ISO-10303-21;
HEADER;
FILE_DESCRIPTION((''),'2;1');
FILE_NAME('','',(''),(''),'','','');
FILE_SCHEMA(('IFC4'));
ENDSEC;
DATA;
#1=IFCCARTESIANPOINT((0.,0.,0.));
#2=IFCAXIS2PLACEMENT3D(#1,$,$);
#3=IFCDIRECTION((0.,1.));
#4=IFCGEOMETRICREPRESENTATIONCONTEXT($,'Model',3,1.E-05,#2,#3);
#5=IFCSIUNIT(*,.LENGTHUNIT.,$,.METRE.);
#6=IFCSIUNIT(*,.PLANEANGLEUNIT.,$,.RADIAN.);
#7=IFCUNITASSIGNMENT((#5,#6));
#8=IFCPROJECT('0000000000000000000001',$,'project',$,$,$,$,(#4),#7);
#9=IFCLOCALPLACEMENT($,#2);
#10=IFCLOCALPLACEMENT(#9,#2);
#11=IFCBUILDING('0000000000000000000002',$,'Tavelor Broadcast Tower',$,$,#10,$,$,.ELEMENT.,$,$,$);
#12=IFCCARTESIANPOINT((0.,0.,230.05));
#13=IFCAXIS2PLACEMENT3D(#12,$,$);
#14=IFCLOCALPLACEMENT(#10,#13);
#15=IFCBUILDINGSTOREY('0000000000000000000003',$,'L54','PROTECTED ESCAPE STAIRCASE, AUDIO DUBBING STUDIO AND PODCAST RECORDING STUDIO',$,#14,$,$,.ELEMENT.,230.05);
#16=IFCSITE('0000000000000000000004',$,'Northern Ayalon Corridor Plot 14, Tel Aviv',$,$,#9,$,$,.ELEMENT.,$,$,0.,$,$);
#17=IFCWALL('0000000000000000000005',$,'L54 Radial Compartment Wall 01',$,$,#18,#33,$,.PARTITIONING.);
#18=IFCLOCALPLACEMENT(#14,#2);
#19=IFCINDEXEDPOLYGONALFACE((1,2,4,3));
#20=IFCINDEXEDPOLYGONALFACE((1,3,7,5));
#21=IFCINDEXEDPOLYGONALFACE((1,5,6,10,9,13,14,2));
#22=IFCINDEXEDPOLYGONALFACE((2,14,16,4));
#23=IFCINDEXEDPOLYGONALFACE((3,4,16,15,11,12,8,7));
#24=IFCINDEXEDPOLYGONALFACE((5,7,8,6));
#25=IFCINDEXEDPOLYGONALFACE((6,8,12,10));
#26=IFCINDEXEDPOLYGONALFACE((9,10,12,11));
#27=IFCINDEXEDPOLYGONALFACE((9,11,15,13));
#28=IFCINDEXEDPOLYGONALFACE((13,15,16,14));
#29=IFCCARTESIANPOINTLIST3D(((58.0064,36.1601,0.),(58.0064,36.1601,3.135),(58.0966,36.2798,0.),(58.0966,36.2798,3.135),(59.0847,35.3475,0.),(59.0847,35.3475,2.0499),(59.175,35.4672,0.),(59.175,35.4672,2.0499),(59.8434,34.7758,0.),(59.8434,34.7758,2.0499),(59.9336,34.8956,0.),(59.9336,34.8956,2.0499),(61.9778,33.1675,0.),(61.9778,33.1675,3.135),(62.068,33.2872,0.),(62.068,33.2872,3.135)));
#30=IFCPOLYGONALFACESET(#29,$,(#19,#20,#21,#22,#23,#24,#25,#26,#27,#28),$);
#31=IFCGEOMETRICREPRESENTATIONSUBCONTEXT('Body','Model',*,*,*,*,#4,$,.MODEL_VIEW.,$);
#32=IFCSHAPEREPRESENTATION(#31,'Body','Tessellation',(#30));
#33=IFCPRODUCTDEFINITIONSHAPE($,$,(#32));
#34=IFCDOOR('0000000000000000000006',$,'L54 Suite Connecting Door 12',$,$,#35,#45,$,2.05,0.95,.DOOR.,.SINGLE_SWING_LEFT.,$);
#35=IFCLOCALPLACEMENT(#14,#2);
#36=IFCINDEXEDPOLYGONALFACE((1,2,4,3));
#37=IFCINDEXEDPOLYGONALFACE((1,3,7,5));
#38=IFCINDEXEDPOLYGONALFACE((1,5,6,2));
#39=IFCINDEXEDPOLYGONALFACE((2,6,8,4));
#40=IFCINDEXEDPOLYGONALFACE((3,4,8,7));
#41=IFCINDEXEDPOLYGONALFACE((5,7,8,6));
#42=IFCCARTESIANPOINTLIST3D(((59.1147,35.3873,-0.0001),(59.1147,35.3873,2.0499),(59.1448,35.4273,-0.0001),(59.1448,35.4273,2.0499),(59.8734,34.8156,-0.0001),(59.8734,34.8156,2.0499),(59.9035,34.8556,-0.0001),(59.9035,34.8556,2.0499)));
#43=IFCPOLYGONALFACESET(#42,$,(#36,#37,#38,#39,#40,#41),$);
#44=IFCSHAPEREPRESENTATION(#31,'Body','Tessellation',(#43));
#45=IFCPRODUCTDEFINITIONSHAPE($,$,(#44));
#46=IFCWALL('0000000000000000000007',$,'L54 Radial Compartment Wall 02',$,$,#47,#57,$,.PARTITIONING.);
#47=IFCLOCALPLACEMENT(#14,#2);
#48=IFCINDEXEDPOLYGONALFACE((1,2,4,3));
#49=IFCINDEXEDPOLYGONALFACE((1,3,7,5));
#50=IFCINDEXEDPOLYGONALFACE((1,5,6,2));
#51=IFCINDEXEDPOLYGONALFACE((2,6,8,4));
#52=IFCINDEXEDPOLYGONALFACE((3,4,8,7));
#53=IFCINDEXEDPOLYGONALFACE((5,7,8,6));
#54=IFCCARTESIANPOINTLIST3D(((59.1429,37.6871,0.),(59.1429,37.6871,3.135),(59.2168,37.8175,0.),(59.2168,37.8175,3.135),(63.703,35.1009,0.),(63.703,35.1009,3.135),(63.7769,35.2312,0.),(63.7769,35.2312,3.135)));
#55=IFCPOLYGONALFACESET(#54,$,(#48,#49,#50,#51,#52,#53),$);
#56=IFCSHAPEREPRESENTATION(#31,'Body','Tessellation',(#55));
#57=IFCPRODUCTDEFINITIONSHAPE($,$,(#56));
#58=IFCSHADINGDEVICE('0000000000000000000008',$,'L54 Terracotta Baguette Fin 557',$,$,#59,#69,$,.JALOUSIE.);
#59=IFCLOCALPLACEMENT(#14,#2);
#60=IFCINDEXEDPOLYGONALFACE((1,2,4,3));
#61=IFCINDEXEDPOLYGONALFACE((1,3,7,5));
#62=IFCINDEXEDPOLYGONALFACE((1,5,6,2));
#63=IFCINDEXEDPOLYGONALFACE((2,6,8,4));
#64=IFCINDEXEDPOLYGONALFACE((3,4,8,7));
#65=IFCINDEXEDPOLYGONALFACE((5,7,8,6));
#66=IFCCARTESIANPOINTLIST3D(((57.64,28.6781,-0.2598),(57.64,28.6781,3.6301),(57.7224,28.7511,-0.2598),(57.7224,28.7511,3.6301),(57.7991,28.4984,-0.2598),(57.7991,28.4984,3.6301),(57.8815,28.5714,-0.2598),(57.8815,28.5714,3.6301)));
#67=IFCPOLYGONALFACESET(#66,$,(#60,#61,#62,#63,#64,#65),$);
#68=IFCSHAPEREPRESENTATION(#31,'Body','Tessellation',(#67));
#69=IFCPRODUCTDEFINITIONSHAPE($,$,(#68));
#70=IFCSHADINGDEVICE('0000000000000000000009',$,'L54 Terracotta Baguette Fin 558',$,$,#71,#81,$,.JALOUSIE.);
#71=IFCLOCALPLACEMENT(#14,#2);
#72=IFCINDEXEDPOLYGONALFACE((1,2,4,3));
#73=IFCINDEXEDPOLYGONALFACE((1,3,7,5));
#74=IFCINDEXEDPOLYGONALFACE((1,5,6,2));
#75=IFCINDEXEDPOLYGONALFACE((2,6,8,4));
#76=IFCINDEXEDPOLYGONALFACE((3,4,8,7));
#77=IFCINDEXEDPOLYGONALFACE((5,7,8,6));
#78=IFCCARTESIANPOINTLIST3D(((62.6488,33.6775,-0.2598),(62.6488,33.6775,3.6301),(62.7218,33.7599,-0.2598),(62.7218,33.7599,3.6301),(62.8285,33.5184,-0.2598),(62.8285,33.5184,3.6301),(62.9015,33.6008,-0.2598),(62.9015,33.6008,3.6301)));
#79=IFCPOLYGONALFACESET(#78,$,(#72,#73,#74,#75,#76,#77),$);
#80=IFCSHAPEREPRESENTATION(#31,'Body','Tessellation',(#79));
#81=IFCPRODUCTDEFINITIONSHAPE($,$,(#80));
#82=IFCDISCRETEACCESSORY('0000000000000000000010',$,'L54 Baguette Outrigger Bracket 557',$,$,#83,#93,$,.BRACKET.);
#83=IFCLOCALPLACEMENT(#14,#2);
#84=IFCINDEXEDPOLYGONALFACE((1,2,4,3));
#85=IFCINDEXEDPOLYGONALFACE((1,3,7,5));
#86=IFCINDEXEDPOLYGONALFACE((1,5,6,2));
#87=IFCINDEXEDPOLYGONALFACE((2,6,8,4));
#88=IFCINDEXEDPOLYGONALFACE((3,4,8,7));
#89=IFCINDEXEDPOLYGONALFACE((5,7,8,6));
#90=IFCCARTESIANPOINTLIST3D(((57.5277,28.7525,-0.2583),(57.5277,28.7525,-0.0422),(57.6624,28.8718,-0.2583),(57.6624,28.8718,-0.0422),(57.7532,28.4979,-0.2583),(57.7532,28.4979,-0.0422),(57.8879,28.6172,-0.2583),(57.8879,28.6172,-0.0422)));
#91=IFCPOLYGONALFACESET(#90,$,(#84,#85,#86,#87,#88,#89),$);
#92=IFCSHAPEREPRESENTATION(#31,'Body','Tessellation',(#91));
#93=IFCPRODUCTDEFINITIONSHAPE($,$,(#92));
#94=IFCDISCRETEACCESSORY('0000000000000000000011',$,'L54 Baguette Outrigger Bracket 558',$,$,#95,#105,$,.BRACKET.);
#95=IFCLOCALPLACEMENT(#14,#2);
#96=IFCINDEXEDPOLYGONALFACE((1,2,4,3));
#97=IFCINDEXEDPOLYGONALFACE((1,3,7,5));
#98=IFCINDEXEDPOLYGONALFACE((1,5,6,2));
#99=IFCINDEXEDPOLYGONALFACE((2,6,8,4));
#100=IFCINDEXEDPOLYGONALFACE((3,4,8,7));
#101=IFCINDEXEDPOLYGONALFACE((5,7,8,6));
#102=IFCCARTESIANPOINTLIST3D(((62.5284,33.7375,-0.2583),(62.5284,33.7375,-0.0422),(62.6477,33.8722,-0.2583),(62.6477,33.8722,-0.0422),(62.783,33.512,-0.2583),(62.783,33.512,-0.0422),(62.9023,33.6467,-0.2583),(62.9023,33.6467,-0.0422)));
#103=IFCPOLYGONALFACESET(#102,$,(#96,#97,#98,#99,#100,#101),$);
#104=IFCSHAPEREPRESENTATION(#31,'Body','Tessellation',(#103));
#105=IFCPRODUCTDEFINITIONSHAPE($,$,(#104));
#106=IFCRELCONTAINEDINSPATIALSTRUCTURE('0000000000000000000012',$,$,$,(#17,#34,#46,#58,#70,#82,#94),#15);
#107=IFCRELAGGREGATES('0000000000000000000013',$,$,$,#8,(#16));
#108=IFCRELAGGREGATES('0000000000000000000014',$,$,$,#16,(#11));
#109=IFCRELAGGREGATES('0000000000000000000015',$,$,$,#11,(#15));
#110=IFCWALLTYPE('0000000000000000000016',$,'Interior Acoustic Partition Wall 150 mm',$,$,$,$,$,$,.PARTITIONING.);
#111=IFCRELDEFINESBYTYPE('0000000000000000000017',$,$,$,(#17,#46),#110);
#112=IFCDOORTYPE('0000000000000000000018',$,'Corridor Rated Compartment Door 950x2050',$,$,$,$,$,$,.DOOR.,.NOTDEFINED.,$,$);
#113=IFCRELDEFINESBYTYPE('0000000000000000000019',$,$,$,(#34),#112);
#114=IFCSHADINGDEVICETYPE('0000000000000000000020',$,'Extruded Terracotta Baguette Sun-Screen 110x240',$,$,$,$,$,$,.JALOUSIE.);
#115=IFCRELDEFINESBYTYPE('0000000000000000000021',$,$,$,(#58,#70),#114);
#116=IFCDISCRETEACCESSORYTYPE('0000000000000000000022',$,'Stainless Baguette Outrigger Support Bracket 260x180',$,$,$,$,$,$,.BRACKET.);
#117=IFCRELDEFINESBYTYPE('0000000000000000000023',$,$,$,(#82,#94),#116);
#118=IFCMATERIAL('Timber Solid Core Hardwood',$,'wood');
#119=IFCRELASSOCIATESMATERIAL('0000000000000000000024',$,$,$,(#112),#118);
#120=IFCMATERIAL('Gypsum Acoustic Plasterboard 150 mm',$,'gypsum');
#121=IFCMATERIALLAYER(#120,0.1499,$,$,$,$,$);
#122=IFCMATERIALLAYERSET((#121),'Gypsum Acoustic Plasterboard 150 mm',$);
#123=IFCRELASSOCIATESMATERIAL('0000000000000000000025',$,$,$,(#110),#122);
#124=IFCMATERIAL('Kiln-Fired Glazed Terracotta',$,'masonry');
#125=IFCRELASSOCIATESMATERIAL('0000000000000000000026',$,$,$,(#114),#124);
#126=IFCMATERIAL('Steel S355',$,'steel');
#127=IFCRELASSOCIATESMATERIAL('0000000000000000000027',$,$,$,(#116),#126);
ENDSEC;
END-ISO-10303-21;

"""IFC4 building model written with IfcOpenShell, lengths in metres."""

from ifc_helpers import new_model, si_unit, direction, frame, frame_2d, origin, origin_2d, place, context, subcontext, project, spatial, rectangle, extrude, source, transform, mapped, material, layer, layer_set, type_object, type_shapes, element, fill, save


model = new_model("IFC4")

# Units and contexts
model_context = context("Model", 3, precision=1e-05, world=origin(), true_north=direction((0.0, 1.0)))
body_context = subcontext(model_context, "Body", "Model", "MODEL_VIEW")
ifc_project = project(units=[si_unit("LENGTHUNIT", "METRE"), si_unit("PLANEANGLEUNIT", "RADIAN")], contexts=[model_context])

# Site, building, storey
site_placement = place(None, origin())
site = spatial("IfcSite", under=ifc_project, at=site_placement, Name="Northern Ayalon Corridor Plot 14, Tel Aviv", CompositionType="ELEMENT", RefElevation=0.0)
building_placement = place(site_placement, origin())
building = spatial("IfcBuilding", under=site, at=building_placement, Name="Tavelor Broadcast Tower", CompositionType="ELEMENT")
storey_placement = place(building_placement, frame((0.0, 0.0, 230.05)))
storey = spatial("IfcBuildingStorey", under=building, at=storey_placement, Name="L54", Description="PROTECTED ESCAPE STAIRCASE, AUDIO DUBBING STUDIO AND PODCAST RECORDING STUDIO", CompositionType="ELEMENT", Elevation=230.05)

# Shared definitions
ifc_material_1 = material(Name="Steel S355", Category="steel")

# Shared definitions
ifc_material_2 = material(Name="Timber Solid Core Hardwood", Category="wood")
door_type = type_object("IfcDoorType", Name="Corridor Rated Compartment Door 950x2050", OperationType="NOTDEFINED", PredefinedType="DOOR", material=ifc_material_2)

# Wall, opening, door
ifc_material_3 = material(Name="Gypsum Acoustic Plasterboard 150 mm", Category="gypsum")
ifc_layer_1 = layer(ifc_material_3, 0.1499)
ifc_layer_set_1 = layer_set([ifc_layer_1], Name="Gypsum Acoustic Plasterboard 150 mm")
wall_type_1 = type_object("IfcWallType", Name="Interior Acoustic Partition Wall 150 mm", PredefinedType="PARTITIONING", material=ifc_layer_set_1)
wall_1_placement = place(storey_placement, frame((58.0515, 36.22, 0.0), z_axis=(0.0, 0.0, 1.0), x_axis=(0.798637, -0.601813, 0.0)))
wall_1 = element("IfcWall", 1, at=wall_1_placement, inside=storey, type_object=wall_type_1, Name="L54 Radial Compartment Wall 01", PredefinedType="PARTITIONING", context=body_context, shape_type="SweptSolid", body=[
    extrude(rectangle(XDim=4.9727, YDim=0.1499, at=frame_2d((2.4863, 0.0))), origin(), (0.0, 0.0, 1.0), 3.135),
])
opening_1_placement = place(wall_1_placement, frame((1.3501, 0.0, 0.0)))
opening_1 = element("IfcOpeningElement", 2, at=opening_1_placement, cuts=wall_1, PredefinedType="OPENING", context=body_context, shape_type="SweptSolid", body=[
    extrude(rectangle(XDim=0.95, YDim=2.05, at=frame_2d((0.4751, 1.0249))), frame((0.0, 0.085, 0.0), z_axis=(0.0, -1.0, 0.0), x_axis=(1.0, 0.0, 0.0)), (0.0, 0.0, 1.0), 0.1699),
])
door_1_placement = place(opening_1_placement, origin())
door_1 = element("IfcDoor", 3, at=door_1_placement, inside=storey, type_object=door_type, Name="L54 Suite Connecting Door 12", OperationType="SINGLE_SWING_LEFT", OverallHeight=2.05, OverallWidth=0.95, PredefinedType="DOOR", context=body_context, shape_type="SweptSolid", body=[
    extrude(rectangle(XDim=0.95, YDim=2.05, at=frame_2d((0.4751, 1.0249))), frame((0.0, 0.0249, 0.0), z_axis=(0.0, -1.0, 0.0), x_axis=(1.0, 0.0, 0.0)), (0.0, 0.0, 1.0), 0.05),
])
fill(opening_1, door_1)

# Wall
wall_2_placement = place(storey_placement, frame((59.1799, 37.7522, 0.0), z_axis=(0.0, 0.0, 1.0), x_axis=(0.869846, -0.493323, 0.0)))
element("IfcWall", 4, at=wall_2_placement, inside=storey, type_object=wall_type_1, Name="L54 Radial Compartment Wall 02", PredefinedType="PARTITIONING", context=body_context, shape_type="SweptSolid", body=[
    extrude(rectangle(XDim=5.2424, YDim=0.1499, at=frame_2d((2.6211, 0.0))), origin(), (0.0, 0.0, 1.0), 3.135),
])

# Shading devices
ifc_material_4 = material(Name="Kiln-Fired Glazed Terracotta", Category="masonry")
shading_device_type = type_object("IfcShadingDeviceType", Name="Extruded Terracotta Baguette Sun-Screen 110x240", PredefinedType="JALOUSIE", material=ifc_material_4)
shared_shape_1 = source(origin(), body_context, "Body", "SweptSolid", [
    extrude(rectangle(XDim=0.1101, YDim=0.24, at=origin_2d()), origin(), (0.0, 0.0, 1.0), 3.8899),
])
type_shapes(shading_device_type, [shared_shape_1])
for number, where, z_axis, x_axis, name in (
    (5, (57.7607, 28.6248, -0.2598), (0.0, 0.0, 1.0), (0.748609, 0.663012, 0.0), "L54 Terracotta Baguette Fin 557"),
    (6, (62.7751, 33.6392, -0.2598), (0.0, 0.0, 1.0), (0.663012, 0.748609, 0.0), "L54 Terracotta Baguette Fin 558"),
):
    element("IfcShadingDevice", number, at=place(storey_placement, frame(where, z_axis=z_axis, x_axis=x_axis)), inside=storey, type_object=shading_device_type, Name=name, PredefinedType="JALOUSIE", context=body_context, shape_type="MappedRepresentation", body=[
        mapped(shared_shape_1, transform((0.0, 0.0, 0.0), scale=1.0)),
    ])

# Discrete accessories
discrete_accessory_type = type_object("IfcDiscreteAccessoryType", Name="Stainless Baguette Outrigger Support Bracket 260x180", PredefinedType="BRACKET", material=ifc_material_1)
shared_shape_2 = source(origin(), body_context, "Body", "SweptSolid", [
    extrude(rectangle(XDim=0.1799, YDim=0.3401, at=origin_2d()), origin(), (0.0, 0.0, 1.0), 0.2161),
])
type_shapes(discrete_accessory_type, [shared_shape_2])
for number, where, z_axis, x_axis, name in (
    (7, (57.7078, 28.6848, -0.2583), (0.0, 0.0, 1.0), (0.748609, 0.663012, 0.0), "L54 Baguette Outrigger Bracket 557"),
    (8, (62.7153, 33.6921, -0.2583), (0.0, 0.0, 1.0), (0.663012, 0.748609, 0.0), "L54 Baguette Outrigger Bracket 558"),
):
    element("IfcDiscreteAccessory", number, at=place(storey_placement, frame(where, z_axis=z_axis, x_axis=x_axis)), inside=storey, type_object=discrete_accessory_type, Name=name, PredefinedType="BRACKET", context=body_context, shape_type="MappedRepresentation", body=[
        mapped(shared_shape_2, transform((0.0, 0.0, 0.0), scale=1.0)),
    ])

save(model, "model.ifc")
